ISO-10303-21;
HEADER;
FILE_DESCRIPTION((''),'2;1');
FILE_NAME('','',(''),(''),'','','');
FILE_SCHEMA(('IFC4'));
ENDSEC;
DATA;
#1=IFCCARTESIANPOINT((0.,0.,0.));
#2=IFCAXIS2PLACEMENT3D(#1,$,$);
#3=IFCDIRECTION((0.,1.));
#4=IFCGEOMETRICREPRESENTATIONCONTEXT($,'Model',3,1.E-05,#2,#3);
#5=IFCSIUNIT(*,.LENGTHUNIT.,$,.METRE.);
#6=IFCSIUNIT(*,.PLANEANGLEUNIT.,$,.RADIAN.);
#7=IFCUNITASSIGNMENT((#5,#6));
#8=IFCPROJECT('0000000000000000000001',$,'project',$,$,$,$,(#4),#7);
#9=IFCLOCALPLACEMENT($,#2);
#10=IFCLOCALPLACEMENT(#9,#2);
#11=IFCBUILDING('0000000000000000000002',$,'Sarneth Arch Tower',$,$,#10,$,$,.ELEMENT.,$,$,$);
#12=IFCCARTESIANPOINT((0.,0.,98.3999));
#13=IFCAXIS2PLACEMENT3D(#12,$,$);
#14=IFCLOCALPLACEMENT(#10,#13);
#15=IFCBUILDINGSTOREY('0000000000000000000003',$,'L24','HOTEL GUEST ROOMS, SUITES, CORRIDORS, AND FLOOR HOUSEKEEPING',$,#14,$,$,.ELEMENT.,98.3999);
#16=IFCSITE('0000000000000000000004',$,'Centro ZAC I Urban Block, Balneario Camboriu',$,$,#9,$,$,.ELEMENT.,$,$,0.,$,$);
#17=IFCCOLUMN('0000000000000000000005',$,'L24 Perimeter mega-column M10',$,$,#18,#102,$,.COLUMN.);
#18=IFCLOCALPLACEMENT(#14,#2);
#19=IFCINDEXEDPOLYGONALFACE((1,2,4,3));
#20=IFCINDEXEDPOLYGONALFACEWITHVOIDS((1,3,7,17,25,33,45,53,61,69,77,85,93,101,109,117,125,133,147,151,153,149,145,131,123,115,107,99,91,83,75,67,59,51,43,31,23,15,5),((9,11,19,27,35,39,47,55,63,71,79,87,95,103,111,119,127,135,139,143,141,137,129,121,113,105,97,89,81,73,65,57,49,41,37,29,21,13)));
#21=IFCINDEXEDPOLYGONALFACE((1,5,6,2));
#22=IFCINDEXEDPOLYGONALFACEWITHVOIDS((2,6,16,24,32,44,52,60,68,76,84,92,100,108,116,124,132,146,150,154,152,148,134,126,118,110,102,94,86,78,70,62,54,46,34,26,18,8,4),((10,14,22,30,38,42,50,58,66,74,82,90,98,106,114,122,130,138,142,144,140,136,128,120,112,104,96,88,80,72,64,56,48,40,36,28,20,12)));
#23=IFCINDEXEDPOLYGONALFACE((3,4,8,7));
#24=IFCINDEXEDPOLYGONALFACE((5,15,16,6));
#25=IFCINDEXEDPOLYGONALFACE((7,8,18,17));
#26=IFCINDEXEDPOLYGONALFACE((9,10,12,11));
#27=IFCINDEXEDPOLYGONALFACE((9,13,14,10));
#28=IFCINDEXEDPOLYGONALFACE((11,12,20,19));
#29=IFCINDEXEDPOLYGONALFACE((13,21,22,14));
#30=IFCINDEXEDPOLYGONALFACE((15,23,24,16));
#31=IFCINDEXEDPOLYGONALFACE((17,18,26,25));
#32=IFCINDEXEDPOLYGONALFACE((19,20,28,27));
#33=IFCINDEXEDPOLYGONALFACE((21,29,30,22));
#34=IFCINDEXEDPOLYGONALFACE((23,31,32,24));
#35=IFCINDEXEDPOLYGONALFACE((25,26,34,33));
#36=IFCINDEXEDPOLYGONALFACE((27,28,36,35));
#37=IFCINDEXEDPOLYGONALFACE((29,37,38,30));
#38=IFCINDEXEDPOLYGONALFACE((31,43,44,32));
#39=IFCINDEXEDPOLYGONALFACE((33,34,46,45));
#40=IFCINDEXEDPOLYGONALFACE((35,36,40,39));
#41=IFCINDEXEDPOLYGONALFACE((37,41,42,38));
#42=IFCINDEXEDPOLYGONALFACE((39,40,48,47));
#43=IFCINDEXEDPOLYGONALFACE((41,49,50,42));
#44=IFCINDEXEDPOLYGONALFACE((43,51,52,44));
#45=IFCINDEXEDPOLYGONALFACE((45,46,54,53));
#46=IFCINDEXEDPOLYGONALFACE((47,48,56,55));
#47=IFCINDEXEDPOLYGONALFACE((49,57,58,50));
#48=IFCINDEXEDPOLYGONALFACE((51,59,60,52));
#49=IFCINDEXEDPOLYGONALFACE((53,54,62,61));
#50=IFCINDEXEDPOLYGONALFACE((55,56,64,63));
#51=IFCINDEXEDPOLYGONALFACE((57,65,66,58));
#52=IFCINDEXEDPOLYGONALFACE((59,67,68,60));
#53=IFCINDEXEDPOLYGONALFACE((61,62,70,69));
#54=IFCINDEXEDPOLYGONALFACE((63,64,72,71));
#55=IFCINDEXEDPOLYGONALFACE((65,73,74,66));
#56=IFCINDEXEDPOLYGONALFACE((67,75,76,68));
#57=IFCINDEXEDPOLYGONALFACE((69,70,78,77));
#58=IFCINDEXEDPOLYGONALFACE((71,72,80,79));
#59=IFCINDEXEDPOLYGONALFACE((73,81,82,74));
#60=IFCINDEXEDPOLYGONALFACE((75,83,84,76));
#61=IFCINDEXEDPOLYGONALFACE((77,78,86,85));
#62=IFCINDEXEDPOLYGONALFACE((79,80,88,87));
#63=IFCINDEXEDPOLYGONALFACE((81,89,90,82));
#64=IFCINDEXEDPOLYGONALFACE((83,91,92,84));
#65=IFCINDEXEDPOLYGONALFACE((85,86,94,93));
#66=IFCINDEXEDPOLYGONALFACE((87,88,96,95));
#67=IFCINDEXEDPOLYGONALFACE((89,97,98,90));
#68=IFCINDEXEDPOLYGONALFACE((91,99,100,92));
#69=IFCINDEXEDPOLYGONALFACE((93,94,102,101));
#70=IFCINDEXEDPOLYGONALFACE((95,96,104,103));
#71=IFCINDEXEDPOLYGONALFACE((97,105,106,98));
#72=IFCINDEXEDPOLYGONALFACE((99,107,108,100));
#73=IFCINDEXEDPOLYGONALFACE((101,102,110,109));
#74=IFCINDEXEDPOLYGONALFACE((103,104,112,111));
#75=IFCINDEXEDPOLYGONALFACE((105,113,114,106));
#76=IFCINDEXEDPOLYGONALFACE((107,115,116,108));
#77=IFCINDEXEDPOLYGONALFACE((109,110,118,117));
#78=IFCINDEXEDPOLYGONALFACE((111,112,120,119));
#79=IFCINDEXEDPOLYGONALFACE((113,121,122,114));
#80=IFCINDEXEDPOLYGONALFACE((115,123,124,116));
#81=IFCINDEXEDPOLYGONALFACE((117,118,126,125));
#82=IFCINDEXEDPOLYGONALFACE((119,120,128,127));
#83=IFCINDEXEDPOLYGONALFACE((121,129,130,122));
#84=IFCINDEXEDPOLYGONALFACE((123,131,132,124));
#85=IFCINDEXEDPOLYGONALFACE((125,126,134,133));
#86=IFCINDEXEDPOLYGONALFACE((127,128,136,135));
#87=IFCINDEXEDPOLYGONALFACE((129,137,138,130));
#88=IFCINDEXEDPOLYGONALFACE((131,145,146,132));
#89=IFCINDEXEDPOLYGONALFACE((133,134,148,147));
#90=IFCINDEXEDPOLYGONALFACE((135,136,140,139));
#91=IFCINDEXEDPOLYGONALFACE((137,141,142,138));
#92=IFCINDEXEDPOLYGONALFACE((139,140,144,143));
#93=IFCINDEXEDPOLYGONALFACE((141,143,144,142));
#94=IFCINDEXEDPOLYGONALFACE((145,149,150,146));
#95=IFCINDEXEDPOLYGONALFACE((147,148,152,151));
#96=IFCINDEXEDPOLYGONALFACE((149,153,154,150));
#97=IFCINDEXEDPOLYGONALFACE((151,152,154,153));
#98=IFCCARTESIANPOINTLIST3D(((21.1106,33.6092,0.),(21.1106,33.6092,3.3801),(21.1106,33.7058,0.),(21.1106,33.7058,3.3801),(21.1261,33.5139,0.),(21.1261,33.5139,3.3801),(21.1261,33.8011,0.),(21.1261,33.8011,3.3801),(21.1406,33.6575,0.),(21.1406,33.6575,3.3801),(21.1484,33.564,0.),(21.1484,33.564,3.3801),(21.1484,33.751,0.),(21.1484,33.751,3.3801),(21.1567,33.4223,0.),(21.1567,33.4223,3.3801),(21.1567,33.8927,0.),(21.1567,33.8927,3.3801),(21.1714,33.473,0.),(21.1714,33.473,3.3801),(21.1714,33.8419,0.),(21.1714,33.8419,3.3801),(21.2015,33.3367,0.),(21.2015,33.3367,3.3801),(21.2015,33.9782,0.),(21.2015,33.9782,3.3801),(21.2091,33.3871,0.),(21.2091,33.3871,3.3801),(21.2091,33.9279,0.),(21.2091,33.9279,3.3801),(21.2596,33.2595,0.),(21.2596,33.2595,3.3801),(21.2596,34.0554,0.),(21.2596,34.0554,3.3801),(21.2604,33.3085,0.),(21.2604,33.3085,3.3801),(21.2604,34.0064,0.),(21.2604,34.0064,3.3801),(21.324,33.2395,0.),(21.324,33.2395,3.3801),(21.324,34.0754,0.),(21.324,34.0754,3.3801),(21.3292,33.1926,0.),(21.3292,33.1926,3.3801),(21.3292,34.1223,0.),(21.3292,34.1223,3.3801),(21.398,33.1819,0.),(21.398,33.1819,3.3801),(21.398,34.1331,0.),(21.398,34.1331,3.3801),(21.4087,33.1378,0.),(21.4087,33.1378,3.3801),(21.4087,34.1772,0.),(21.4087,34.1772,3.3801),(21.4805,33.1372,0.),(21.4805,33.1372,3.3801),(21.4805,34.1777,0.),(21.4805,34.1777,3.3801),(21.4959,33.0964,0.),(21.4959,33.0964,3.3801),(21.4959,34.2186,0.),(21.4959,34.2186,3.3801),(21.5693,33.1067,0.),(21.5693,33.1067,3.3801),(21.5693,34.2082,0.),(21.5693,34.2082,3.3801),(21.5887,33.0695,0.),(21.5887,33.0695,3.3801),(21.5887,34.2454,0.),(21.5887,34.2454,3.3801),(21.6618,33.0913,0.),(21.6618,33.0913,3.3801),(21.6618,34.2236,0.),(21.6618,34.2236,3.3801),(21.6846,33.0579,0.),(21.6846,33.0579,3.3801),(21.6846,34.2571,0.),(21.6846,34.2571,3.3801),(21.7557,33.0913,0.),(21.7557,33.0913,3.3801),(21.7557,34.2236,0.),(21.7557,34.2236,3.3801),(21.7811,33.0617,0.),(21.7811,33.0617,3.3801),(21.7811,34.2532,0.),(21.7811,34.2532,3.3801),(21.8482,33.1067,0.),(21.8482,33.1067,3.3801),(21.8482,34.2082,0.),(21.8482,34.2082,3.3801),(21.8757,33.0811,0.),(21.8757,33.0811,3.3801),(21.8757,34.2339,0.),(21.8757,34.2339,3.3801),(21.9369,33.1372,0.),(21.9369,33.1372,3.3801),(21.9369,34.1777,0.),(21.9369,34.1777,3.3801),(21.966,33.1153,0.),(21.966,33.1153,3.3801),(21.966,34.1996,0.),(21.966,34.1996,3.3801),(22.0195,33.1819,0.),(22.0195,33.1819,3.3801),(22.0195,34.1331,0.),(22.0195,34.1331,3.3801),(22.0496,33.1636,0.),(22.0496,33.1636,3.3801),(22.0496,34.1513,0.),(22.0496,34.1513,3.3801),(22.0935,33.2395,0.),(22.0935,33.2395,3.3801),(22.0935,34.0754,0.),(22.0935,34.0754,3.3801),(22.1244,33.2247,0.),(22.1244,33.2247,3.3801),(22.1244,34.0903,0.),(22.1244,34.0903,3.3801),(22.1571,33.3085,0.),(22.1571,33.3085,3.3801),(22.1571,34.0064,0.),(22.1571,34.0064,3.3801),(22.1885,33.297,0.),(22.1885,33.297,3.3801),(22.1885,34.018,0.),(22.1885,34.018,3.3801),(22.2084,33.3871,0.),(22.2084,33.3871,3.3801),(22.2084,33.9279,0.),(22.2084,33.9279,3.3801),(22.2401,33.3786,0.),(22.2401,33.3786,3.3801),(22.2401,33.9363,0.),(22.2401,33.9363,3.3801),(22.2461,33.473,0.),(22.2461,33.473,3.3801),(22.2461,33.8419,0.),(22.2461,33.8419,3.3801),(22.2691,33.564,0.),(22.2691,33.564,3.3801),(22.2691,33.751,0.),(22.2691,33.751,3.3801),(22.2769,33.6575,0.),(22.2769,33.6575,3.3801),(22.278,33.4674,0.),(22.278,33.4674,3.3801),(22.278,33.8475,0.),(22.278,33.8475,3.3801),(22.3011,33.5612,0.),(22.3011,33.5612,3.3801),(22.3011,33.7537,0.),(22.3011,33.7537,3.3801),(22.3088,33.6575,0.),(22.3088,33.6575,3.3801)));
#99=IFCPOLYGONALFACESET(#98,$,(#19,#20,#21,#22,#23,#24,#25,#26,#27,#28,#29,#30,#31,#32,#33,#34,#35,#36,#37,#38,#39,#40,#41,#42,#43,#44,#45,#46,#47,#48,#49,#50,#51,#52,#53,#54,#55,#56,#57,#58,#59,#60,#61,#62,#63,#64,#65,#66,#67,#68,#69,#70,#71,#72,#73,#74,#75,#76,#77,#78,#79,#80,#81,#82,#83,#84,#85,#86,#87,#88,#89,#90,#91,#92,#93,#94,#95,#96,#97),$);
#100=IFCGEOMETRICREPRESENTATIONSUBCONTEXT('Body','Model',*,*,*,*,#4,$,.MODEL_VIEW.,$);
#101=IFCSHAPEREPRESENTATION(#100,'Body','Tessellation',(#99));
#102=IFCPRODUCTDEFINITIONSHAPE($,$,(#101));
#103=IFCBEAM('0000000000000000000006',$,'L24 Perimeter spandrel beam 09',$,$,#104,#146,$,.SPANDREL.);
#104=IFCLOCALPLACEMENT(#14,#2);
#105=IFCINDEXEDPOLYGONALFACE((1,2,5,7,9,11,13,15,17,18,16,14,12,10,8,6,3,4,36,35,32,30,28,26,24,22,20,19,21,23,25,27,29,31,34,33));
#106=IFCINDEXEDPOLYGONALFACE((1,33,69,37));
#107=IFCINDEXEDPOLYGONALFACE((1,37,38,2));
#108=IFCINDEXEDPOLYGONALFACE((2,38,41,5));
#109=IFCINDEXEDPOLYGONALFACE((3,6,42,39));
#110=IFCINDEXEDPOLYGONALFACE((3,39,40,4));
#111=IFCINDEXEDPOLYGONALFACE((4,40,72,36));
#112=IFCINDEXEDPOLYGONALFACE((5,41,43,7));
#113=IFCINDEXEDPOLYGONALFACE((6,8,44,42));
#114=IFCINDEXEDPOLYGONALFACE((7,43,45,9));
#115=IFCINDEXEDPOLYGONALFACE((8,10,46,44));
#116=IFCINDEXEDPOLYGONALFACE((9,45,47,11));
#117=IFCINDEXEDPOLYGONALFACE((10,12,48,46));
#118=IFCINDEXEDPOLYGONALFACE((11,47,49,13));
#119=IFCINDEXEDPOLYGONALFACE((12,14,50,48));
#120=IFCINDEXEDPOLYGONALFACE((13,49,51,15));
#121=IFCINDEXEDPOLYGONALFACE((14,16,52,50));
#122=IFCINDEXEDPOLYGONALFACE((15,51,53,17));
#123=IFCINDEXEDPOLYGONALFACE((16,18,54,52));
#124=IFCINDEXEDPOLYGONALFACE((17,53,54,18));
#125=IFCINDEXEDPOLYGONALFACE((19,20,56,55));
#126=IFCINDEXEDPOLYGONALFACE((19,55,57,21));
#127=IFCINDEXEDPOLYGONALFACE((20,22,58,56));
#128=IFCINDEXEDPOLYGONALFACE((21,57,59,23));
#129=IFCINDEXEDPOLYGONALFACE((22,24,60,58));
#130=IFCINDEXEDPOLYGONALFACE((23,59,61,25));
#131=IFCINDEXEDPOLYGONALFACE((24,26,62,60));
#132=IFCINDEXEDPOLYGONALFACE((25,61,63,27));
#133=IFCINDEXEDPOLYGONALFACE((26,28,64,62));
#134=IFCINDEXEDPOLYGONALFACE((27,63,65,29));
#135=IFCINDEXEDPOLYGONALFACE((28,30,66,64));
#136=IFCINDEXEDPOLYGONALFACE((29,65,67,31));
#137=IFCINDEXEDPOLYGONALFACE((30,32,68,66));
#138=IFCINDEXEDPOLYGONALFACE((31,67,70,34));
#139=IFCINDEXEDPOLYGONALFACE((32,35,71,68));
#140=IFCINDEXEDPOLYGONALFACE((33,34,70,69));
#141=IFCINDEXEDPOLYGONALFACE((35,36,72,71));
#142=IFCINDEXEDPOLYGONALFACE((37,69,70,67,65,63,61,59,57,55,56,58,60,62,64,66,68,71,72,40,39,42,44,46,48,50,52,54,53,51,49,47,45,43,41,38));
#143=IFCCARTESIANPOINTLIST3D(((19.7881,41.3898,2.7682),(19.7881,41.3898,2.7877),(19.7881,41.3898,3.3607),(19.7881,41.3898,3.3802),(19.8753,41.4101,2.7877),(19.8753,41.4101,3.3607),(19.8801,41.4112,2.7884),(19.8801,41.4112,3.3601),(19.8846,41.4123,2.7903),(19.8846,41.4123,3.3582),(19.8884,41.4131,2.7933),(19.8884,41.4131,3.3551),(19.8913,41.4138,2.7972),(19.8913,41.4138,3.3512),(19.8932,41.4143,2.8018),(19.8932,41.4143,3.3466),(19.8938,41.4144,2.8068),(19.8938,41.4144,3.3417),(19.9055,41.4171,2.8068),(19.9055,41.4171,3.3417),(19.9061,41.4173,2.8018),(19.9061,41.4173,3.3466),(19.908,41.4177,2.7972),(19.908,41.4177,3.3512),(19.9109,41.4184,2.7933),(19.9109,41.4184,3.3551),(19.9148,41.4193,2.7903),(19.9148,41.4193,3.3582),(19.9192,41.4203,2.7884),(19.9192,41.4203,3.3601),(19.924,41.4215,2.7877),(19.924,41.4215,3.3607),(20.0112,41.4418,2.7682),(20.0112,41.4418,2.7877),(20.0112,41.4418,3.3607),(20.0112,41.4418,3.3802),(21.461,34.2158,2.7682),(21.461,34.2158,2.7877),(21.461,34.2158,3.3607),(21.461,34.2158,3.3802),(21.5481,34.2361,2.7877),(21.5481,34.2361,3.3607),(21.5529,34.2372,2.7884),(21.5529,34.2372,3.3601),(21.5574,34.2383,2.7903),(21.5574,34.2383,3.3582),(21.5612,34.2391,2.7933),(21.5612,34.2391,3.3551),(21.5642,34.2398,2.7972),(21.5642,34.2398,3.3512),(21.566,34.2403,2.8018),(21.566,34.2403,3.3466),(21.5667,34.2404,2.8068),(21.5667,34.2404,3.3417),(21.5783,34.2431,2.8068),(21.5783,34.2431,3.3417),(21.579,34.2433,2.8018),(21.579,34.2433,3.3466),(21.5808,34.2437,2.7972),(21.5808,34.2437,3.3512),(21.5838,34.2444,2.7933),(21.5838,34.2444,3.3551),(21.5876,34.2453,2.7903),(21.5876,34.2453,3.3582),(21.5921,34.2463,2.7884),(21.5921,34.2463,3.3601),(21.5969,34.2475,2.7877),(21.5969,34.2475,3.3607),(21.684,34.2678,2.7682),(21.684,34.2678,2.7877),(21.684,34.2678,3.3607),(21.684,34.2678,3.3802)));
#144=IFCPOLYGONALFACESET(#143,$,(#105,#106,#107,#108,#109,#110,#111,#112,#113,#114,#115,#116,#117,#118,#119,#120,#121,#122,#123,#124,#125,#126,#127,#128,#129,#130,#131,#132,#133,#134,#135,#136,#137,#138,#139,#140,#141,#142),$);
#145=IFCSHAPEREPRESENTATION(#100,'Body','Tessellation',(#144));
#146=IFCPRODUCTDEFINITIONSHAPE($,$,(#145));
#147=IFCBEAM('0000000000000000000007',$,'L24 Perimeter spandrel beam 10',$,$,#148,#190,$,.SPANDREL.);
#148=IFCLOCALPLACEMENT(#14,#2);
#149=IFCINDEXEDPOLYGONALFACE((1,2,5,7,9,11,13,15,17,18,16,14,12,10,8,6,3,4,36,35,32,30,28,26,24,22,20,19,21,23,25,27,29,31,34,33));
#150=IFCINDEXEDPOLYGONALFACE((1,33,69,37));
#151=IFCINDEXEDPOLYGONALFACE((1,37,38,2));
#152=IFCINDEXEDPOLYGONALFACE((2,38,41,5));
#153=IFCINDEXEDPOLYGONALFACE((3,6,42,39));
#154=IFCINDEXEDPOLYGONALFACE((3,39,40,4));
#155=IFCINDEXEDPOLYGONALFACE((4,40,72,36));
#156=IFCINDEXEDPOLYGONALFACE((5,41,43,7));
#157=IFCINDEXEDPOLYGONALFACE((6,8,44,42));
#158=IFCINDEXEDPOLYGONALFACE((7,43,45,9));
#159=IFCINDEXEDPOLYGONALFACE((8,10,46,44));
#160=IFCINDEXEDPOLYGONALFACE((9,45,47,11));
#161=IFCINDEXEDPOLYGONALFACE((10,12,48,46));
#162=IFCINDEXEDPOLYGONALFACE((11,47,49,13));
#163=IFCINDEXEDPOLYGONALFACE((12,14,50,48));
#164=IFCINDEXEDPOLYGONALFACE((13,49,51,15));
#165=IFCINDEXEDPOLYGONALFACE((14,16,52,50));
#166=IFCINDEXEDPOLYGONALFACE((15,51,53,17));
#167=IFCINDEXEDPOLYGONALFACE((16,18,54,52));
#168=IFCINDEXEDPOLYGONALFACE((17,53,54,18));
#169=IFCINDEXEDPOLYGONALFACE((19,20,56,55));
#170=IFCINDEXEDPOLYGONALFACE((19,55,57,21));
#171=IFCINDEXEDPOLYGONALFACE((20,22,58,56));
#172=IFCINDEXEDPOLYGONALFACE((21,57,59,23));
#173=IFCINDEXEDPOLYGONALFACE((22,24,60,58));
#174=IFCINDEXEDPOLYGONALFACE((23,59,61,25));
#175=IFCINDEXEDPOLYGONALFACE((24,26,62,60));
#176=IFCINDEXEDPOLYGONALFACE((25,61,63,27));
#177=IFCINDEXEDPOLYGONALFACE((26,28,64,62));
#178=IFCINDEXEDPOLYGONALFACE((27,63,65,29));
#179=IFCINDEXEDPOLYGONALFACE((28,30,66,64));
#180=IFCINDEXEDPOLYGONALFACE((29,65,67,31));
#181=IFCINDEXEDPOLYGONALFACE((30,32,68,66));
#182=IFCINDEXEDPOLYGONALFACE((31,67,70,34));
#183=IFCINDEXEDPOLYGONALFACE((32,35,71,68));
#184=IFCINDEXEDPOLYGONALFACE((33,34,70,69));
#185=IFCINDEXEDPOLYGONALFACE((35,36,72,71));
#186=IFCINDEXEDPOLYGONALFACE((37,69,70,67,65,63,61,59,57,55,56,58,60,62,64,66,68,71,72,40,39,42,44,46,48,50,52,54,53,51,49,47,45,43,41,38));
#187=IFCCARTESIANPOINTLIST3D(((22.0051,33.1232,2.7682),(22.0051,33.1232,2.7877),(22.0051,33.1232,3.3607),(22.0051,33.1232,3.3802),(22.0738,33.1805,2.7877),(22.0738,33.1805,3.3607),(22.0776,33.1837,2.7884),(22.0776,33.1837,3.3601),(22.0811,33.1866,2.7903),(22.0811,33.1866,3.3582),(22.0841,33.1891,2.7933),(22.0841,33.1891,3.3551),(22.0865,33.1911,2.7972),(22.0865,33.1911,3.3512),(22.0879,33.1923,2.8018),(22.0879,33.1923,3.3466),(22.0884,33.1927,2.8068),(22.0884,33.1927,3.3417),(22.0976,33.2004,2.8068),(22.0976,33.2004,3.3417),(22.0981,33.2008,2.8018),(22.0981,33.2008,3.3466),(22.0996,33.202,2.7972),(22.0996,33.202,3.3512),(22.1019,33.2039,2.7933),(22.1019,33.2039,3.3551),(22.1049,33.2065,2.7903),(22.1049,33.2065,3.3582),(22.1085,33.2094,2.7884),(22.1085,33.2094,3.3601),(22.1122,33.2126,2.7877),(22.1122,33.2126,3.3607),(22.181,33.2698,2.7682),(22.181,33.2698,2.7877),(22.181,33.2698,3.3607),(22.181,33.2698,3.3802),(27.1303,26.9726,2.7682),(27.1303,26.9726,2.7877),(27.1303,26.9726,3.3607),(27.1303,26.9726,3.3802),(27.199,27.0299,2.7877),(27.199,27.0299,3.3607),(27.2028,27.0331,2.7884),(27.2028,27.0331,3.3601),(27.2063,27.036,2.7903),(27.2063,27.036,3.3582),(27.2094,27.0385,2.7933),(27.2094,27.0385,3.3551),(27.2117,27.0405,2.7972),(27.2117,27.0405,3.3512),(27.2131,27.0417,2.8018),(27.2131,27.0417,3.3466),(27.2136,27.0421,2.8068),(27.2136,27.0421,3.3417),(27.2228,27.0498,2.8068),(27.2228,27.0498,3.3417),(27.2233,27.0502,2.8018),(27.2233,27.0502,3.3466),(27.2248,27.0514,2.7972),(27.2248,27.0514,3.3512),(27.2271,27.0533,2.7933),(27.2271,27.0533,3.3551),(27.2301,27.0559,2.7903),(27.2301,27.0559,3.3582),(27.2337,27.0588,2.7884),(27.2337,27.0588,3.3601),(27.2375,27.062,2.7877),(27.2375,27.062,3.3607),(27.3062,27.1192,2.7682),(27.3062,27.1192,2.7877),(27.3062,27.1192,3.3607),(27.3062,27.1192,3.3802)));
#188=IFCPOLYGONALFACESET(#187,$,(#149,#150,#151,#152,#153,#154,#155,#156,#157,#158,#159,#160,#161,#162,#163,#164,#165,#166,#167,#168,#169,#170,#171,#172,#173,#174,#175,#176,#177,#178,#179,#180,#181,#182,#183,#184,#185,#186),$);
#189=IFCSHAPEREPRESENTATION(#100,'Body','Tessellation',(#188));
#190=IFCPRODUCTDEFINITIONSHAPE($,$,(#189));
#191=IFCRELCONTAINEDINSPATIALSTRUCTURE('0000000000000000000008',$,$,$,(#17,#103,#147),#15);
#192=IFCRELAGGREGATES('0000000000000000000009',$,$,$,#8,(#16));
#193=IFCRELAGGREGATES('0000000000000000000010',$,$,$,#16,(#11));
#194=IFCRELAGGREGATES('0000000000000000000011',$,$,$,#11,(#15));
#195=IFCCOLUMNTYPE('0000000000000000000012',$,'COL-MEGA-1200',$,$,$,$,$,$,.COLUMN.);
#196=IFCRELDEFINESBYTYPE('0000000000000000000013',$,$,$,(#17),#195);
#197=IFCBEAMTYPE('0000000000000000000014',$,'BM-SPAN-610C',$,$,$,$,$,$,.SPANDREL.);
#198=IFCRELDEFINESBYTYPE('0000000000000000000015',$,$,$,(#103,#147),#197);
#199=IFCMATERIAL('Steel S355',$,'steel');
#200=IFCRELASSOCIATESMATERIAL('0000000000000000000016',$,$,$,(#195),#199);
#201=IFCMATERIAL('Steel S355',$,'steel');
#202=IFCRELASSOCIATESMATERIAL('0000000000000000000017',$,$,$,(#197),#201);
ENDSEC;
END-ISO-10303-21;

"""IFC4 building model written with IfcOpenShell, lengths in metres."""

from ifc_helpers import new_model, si_unit, direction, frame, origin, origin_2d, place, context, subcontext, project, spatial, hollow_circle, i_section, extrude, material, material_profile, profile_set, type_object, element, save


model = new_model("IFC4")

# Units and contexts
model_context = context("Model", 3, precision=1e-05, world=origin(), true_north=direction((0.0, 1.0)))
body_context = subcontext(model_context, "Body", "Model", "MODEL_VIEW")
ifc_project = project(units=[si_unit("LENGTHUNIT", "METRE"), si_unit("PLANEANGLEUNIT", "RADIAN")], contexts=[model_context])

# Site, building, storey
site_placement = place(None, origin())
site = spatial("IfcSite", under=ifc_project, at=site_placement, Name="Centro ZAC I Urban Block, Balneario Camboriu", CompositionType="ELEMENT", RefElevation=0.0)
building_placement = place(site_placement, origin())
building = spatial("IfcBuilding", under=site, at=building_placement, Name="Sarneth Arch Tower", CompositionType="ELEMENT")
storey_placement = place(building_placement, frame((0.0, 0.0, 98.3999)))
storey = spatial("IfcBuildingStorey", under=building, at=storey_placement, Name="L24", Description="HOTEL GUEST ROOMS, SUITES, CORRIDORS, AND FLOOR HOUSEKEEPING", CompositionType="ELEMENT", Elevation=98.3999)

# Column
ifc_material_1 = material(Name="Steel S355", Category="steel")
ifc_material_profile_1 = material_profile(ifc_material_1, hollow_circle(Radius=0.6001, WallThickness=0.032, at=origin_2d()), Name="CHS1200x32")
ifc_profile_set_1 = profile_set([ifc_material_profile_1], Name="Steel S355")
column_type = type_object("IfcColumnType", Name="COL-MEGA-1200", PredefinedType="COLUMN", material=ifc_profile_set_1)
column_placement = place(storey_placement, frame((21.7087, 33.6575, 0.0), z_axis=(0.0, 0.0, 1.0), x_axis=(1.0, 0.0, 0.0)))
element("IfcColumn", 1, at=column_placement, inside=storey, type_object=column_type, Name="L24 Perimeter mega-column M10", PredefinedType="COLUMN", context=body_context, shape_type="SweptSolid", body=[
    extrude(hollow_circle(Radius=0.6001, WallThickness=0.032, at=origin_2d()), origin(), (0.0, 0.0, 1.0), 3.3801),
])

# Beams
ifc_material_2 = material(Name="Steel S355", Category="steel")
ifc_material_profile_2 = material_profile(ifc_material_2, i_section(OverallWidth=0.229, OverallDepth=0.6121, WebThickness=0.012, FlangeThickness=0.0195, FilletRadius=0.019, at=origin_2d()), Name="W610x125")
ifc_profile_set_2 = profile_set([ifc_material_profile_2], Name="Steel S355")
beam_type = type_object("IfcBeamType", Name="BM-SPAN-610C", PredefinedType="SPANDREL", material=ifc_profile_set_2)
beam_1_placement = place(storey_placement, frame((19.8997, 41.4158, 3.0742), z_axis=(0.227088, -0.973874, 0.0), x_axis=(0.973874, 0.227088, 0.0)))
element("IfcBeam", 2, at=beam_1_placement, inside=storey, type_object=beam_type, Name="L24 Perimeter spandrel beam 09", PredefinedType="SPANDREL", context=body_context, shape_type="SweptSolid", body=[
    extrude(i_section(OverallWidth=0.229, OverallDepth=0.6121, WebThickness=0.012, FlangeThickness=0.0195, FilletRadius=0.019, at=origin_2d()), origin(), (0.0, 0.0, 1.0), 7.3665),
])
beam_2_placement = place(storey_placement, frame((22.093, 33.1965, 3.0742), z_axis=(0.640163, -0.768239, 0.0), x_axis=(0.768239, 0.640163, 0.0)))
element("IfcBeam", 3, at=beam_2_placement, inside=storey, type_object=beam_type, Name="L24 Perimeter spandrel beam 10", PredefinedType="SPANDREL", context=body_context, shape_type="SweptSolid", body=[
    extrude(i_section(OverallWidth=0.229, OverallDepth=0.6121, WebThickness=0.012, FlangeThickness=0.0195, FilletRadius=0.019, at=origin_2d()), origin(), (0.0, 0.0, 1.0), 8.0061),
])

save(model, "model.ifc")
